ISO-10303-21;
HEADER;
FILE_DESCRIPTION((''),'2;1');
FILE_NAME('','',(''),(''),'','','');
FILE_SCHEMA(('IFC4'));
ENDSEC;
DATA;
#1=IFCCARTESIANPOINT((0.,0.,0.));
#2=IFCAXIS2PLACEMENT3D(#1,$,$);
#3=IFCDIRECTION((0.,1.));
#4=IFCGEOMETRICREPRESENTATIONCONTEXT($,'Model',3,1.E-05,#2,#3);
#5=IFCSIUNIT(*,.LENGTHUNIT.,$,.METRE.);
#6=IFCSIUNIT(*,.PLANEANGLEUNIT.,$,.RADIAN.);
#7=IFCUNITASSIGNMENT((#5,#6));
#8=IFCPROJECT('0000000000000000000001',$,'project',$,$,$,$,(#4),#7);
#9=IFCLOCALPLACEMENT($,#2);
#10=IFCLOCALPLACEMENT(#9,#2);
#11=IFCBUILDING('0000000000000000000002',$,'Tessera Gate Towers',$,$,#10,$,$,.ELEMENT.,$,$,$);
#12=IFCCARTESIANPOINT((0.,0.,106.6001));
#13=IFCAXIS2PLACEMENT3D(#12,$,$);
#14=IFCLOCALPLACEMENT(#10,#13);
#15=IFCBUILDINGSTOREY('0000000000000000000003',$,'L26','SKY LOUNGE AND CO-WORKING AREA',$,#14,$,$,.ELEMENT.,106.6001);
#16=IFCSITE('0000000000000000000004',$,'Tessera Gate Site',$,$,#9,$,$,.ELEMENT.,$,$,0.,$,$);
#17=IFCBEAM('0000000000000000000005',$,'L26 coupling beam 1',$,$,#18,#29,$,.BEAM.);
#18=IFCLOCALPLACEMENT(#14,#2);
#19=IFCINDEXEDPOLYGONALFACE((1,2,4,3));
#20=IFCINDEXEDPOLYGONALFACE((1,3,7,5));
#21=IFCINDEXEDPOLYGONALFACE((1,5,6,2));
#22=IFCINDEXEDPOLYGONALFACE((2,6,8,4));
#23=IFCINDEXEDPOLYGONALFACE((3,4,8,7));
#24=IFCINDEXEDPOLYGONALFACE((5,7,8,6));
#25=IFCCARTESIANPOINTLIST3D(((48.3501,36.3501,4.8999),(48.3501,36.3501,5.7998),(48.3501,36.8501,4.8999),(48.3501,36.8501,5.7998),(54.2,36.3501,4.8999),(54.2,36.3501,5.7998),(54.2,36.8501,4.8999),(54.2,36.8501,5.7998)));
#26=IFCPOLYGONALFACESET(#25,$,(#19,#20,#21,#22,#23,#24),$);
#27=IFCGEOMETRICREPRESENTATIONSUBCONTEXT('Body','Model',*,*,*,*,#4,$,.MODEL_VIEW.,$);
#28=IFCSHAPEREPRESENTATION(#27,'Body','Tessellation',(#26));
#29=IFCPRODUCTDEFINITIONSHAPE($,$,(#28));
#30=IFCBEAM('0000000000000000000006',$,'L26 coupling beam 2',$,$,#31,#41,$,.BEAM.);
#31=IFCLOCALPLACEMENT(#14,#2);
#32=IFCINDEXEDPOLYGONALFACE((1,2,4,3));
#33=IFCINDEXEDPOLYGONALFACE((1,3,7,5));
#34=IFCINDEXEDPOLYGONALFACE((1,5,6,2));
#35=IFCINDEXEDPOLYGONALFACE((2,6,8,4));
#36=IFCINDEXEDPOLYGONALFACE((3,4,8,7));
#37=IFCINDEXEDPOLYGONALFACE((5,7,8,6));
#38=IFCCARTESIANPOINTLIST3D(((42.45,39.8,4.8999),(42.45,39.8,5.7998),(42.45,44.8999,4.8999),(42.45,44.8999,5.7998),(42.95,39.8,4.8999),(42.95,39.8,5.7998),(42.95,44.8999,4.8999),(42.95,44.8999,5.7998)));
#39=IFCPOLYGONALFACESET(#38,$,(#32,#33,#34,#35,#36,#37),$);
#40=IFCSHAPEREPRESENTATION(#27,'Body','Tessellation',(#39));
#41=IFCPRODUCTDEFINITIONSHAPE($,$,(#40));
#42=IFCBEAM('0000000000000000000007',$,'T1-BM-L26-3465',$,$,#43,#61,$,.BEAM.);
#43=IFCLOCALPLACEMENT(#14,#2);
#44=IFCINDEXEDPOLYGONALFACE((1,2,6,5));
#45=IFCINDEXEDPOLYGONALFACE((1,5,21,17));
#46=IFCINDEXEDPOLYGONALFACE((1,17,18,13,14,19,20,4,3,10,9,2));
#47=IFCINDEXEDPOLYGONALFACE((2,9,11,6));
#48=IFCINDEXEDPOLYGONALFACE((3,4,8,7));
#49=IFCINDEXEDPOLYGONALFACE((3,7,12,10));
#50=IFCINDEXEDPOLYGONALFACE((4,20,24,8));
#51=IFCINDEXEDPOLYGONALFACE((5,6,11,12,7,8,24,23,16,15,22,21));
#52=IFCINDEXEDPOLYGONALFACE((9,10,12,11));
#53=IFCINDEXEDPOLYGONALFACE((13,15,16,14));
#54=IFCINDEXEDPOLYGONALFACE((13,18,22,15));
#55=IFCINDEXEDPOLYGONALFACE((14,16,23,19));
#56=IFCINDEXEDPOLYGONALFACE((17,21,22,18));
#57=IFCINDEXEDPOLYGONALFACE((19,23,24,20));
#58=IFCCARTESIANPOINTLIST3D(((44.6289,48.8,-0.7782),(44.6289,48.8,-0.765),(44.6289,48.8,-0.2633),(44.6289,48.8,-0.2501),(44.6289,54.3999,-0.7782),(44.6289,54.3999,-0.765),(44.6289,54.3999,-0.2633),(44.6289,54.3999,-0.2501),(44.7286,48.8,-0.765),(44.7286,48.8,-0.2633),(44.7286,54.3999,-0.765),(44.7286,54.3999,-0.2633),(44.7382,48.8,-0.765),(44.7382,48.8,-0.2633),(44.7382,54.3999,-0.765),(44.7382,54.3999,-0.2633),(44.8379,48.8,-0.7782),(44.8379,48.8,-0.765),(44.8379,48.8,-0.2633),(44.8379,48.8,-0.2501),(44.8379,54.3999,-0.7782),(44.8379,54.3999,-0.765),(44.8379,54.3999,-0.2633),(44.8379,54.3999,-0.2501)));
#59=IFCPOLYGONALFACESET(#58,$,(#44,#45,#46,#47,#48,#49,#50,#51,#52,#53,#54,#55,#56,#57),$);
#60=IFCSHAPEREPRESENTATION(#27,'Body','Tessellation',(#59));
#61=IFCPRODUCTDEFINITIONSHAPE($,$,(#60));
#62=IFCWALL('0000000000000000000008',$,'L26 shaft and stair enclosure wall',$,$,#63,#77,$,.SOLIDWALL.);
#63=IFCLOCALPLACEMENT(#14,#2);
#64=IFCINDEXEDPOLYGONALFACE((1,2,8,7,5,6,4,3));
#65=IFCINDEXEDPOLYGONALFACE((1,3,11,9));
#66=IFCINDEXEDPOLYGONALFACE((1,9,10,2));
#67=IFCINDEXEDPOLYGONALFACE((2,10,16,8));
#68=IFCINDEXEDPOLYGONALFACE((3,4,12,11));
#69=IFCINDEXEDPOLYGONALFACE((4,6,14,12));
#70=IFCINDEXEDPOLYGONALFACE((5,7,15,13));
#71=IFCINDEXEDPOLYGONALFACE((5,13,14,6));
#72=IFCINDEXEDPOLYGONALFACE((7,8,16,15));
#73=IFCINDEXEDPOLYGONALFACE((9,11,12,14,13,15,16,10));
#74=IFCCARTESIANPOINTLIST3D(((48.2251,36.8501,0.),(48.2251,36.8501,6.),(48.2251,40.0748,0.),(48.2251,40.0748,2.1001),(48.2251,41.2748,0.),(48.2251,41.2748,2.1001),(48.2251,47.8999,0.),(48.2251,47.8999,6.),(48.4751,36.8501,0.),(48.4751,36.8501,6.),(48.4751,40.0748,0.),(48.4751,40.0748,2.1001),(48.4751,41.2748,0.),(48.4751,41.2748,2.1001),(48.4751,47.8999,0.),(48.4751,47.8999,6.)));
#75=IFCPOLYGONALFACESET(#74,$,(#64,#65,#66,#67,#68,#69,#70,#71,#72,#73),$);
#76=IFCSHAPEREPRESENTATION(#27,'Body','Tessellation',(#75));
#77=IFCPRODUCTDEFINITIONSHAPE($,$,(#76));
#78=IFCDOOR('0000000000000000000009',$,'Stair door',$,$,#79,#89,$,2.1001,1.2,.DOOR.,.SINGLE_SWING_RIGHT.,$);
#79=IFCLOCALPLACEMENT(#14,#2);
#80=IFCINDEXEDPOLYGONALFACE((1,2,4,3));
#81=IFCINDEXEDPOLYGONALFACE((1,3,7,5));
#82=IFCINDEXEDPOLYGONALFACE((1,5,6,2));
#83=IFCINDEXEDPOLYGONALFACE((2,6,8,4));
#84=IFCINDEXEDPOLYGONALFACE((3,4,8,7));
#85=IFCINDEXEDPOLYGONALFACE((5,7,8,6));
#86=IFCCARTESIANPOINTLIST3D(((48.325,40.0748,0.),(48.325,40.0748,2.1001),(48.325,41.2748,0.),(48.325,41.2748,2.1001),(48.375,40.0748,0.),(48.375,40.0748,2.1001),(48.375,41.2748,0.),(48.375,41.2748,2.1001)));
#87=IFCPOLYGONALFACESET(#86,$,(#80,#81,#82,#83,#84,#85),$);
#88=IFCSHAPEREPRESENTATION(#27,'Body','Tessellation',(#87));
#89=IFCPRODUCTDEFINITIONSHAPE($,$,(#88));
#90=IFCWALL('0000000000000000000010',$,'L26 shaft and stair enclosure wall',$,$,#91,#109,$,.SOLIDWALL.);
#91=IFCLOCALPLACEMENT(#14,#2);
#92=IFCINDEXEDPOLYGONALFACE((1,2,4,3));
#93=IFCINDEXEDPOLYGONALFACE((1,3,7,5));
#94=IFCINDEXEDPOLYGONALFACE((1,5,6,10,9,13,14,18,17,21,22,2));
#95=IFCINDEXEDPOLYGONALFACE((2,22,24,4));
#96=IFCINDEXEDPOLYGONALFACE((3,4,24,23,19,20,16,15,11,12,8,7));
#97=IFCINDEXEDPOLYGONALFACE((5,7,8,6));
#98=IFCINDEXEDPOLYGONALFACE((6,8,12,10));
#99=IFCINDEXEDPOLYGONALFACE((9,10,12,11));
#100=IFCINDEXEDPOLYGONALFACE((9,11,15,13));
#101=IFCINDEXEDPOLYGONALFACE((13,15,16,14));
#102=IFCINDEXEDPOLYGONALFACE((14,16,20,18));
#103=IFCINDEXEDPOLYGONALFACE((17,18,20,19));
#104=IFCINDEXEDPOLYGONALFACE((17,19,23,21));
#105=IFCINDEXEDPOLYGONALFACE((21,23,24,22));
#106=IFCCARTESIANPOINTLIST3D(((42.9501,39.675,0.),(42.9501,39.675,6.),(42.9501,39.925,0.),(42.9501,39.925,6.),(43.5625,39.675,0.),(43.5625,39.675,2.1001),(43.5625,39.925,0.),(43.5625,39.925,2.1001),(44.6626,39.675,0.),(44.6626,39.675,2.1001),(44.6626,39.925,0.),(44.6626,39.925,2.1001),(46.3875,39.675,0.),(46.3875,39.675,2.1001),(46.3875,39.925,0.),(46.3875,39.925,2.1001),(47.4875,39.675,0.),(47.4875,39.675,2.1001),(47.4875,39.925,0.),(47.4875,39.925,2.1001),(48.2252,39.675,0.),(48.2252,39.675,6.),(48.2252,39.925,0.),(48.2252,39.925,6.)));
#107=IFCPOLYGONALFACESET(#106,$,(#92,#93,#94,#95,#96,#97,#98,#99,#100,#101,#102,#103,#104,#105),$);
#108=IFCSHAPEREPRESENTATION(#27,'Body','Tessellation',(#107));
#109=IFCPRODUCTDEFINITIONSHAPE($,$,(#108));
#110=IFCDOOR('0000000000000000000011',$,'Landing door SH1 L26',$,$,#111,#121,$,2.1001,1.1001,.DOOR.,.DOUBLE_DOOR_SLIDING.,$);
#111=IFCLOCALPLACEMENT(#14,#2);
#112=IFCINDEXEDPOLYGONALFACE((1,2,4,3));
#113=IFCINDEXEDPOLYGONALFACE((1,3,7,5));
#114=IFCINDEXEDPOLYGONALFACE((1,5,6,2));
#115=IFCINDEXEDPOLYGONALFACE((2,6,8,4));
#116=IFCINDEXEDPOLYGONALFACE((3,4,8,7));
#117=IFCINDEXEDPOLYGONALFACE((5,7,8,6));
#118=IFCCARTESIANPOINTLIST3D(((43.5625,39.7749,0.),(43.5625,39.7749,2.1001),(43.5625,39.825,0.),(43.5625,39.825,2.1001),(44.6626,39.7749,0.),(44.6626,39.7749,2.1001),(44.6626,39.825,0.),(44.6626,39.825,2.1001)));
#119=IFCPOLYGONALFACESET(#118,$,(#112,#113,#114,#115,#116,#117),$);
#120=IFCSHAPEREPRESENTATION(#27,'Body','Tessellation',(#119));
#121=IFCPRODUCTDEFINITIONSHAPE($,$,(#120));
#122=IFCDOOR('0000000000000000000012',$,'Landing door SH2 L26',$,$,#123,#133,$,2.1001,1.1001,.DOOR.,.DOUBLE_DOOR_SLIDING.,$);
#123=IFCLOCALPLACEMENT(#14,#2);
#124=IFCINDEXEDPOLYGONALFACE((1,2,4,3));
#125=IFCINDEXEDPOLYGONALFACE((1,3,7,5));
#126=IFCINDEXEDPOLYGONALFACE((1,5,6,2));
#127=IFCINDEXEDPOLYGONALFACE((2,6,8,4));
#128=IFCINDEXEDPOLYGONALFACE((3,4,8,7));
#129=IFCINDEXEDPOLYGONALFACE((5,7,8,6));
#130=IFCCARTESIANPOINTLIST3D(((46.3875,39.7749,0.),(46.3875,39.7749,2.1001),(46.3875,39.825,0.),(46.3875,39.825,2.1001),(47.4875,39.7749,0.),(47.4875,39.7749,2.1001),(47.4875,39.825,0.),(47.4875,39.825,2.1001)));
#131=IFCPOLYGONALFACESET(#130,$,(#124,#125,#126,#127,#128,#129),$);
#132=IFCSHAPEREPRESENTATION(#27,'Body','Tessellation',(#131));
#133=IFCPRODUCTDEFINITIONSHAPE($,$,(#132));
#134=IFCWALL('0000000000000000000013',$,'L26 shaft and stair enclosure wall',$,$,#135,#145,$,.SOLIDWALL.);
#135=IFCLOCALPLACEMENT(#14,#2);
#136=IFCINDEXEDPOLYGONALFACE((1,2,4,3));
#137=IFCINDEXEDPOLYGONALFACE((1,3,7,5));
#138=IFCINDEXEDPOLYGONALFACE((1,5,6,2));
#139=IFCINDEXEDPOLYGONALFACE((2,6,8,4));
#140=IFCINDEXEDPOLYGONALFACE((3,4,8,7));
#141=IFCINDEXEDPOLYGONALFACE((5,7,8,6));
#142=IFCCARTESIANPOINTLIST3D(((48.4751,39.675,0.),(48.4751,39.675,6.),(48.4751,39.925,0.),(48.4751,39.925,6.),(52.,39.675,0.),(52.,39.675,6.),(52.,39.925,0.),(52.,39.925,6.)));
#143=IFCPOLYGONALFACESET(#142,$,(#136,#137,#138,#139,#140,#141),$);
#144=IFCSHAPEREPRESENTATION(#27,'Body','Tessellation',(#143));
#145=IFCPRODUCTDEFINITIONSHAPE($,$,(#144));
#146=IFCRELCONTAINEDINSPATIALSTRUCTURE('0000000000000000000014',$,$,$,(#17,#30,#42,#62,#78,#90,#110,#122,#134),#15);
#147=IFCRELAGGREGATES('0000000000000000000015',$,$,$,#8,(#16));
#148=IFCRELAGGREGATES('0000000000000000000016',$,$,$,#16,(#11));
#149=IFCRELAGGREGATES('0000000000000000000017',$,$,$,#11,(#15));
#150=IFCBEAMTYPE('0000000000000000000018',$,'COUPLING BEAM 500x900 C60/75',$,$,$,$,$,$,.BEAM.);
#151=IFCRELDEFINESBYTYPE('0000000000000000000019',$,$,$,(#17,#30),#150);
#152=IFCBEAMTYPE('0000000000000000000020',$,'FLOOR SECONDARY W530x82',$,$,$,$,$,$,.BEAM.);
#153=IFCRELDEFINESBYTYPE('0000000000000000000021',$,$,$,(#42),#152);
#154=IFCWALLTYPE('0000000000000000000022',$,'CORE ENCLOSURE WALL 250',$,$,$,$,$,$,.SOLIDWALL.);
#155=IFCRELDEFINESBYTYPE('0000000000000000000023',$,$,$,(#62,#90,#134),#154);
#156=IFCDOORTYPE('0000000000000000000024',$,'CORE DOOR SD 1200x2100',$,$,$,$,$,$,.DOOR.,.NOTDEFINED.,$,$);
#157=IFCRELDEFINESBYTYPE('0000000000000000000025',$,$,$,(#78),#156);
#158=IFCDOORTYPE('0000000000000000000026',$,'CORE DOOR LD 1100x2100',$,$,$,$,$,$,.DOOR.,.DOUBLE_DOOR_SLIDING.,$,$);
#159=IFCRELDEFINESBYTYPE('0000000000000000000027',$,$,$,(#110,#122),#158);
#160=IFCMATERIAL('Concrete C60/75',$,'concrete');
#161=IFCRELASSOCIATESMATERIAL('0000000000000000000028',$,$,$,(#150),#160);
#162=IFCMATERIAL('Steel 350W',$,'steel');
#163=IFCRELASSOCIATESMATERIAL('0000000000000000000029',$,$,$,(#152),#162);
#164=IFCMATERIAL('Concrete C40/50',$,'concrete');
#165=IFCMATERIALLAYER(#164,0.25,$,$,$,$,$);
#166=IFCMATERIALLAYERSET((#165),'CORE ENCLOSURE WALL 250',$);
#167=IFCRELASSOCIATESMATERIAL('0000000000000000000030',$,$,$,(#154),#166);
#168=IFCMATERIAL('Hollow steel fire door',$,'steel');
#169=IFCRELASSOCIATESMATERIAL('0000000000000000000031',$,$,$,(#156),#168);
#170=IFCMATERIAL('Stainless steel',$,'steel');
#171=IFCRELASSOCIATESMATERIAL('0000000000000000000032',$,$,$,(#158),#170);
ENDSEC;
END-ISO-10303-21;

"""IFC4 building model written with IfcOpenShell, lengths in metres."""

from ifc_helpers import new_model, si_unit, direction, frame, frame_2d, origin, origin_2d, place, context, subcontext, project, spatial, rectangle, i_section, extrude, source, transform, mapped, material, layer, layer_set, material_profile, profile_set, type_object, element, fill, save


model = new_model("IFC4")

# Units and contexts
model_context = context("Model", 3, precision=1e-05, world=origin(), true_north=direction((0.0, 1.0)))
body_context = subcontext(model_context, "Body", "Model", "MODEL_VIEW")
ifc_project = project(units=[si_unit("LENGTHUNIT", "METRE"), si_unit("PLANEANGLEUNIT", "RADIAN")], contexts=[model_context])

# Site, building, storey
site_placement = place(None, origin())
site = spatial("IfcSite", under=ifc_project, at=site_placement, Name="Tessera Gate Site", CompositionType="ELEMENT", RefElevation=0.0)
building_placement = place(site_placement, origin())
building = spatial("IfcBuilding", under=site, at=building_placement, Name="Tessera Gate Towers", CompositionType="ELEMENT")
storey_placement = place(building_placement, frame((0.0, 0.0, 106.6001)))
storey = spatial("IfcBuildingStorey", under=building, at=storey_placement, Name="L26", Description="SKY LOUNGE AND CO-WORKING AREA", CompositionType="ELEMENT", Elevation=106.6001)

# Beams
ifc_material_1 = material(Name="Concrete C60/75", Category="concrete")
ifc_material_profile_1 = material_profile(ifc_material_1, rectangle(XDim=0.5, YDim=0.8999, at=origin_2d()), Name="RC 500x900")
ifc_profile_set_1 = profile_set([ifc_material_profile_1], Name="Concrete C60/75")
beam_type_1 = type_object("IfcBeamType", Name="COUPLING BEAM 500x900 C60/75", PredefinedType="BEAM", material=ifc_profile_set_1)
beam_1_placement = place(storey_placement, frame((48.3501, 36.6001, 5.3499), z_axis=(1.0, 0.0, 0.0), x_axis=(0.0, 1.0, 0.0)))
element("IfcBeam", 1, at=beam_1_placement, inside=storey, type_object=beam_type_1, Name="L26 coupling beam 1", PredefinedType="BEAM", context=body_context, shape_type="SweptSolid", body=[
    extrude(rectangle(XDim=0.5, YDim=0.8999, at=origin_2d()), origin(), (0.0, 0.0, 1.0), 5.8499),
])
beam_2_placement = place(storey_placement, frame((42.7, 39.8, 5.3499), z_axis=(0.0, 1.0, 0.0), x_axis=(-1.0, 0.0, 0.0)))
element("IfcBeam", 2, at=beam_2_placement, inside=storey, type_object=beam_type_1, Name="L26 coupling beam 2", PredefinedType="BEAM", context=body_context, shape_type="SweptSolid", body=[
    extrude(rectangle(XDim=0.5, YDim=0.8999, at=origin_2d()), origin(), (0.0, 0.0, 1.0), 5.0999),
])
ifc_material_2 = material(Name="Steel 350W", Category="steel")
ifc_material_profile_2 = material_profile(ifc_material_2, i_section(OverallWidth=0.209, OverallDepth=0.5281, WebThickness=0.0095, FlangeThickness=0.0132, at=origin_2d()), Name="W530x82")
ifc_profile_set_2 = profile_set([ifc_material_profile_2], Name="Steel 350W")
beam_type_2 = type_object("IfcBeamType", Name="FLOOR SECONDARY W530x82", PredefinedType="BEAM", material=ifc_profile_set_2)
beam_3_placement = place(storey_placement, frame((44.7334, 48.8, -0.5142), z_axis=(0.0, 1.0, 0.0), x_axis=(-1.0, 0.0, 0.0)))
element("IfcBeam", 3, at=beam_3_placement, inside=storey, type_object=beam_type_2, Name="T1-BM-L26-3465", PredefinedType="BEAM", context=body_context, shape_type="SweptSolid", body=[
    extrude(i_section(OverallWidth=0.209, OverallDepth=0.5281, WebThickness=0.0095, FlangeThickness=0.0132, at=origin_2d()), origin(), (0.0, 0.0, 1.0), 5.5999),
])

# Wall, opening, door
ifc_material_3 = material(Name="Concrete C40/50", Category="concrete")
ifc_layer_1 = layer(ifc_material_3, 0.25)
ifc_layer_set_1 = layer_set([ifc_layer_1], Name="CORE ENCLOSURE WALL 250")
wall_type_1 = type_object("IfcWallType", Name="CORE ENCLOSURE WALL 250", PredefinedType="SOLIDWALL", material=ifc_layer_set_1)
wall_1_placement = place(storey_placement, frame((48.3501, 47.8999, 0.0), z_axis=(0.0, 0.0, 1.0), x_axis=(0.0, -1.0, 0.0)))
wall_1 = element("IfcWall", 4, at=wall_1_placement, inside=storey, type_object=wall_type_1, Name="L26 shaft and stair enclosure wall", PredefinedType="SOLIDWALL", context=body_context, shape_type="SweptSolid", body=[
    extrude(rectangle(XDim=11.0498, YDim=0.25, at=frame_2d((5.5249, 0.0))), origin(), (0.0, 0.0, 1.0), 6.0),
])
shared_shape_1 = source(origin(), body_context, "Body", "SweptSolid", [
    extrude(rectangle(XDim=1.2, YDim=2.1001, at=frame_2d((0.6001, 1.05))), frame((0.0, 0.135, 0.0), z_axis=(0.0, -1.0, 0.0), x_axis=(1.0, 0.0, 0.0)), (0.0, 0.0, 1.0), 0.27),
])
opening_1_placement = place(wall_1_placement, frame((6.625, 0.0, 0.0)))
opening_1 = element("IfcOpeningElement", 5, at=opening_1_placement, cuts=wall_1, PredefinedType="OPENING", context=body_context, shape_type="MappedRepresentation", body=[
    mapped(shared_shape_1, transform((0.0, 0.0, 0.0), scale=1.0)),
])
ifc_material_4 = material(Name="Hollow steel fire door", Category="steel")
door_type_1 = type_object("IfcDoorType", Name="CORE DOOR SD 1200x2100", OperationType="NOTDEFINED", PredefinedType="DOOR", material=ifc_material_4)
shared_shape_2 = source(origin(), body_context, "Body", "SweptSolid", [
    extrude(rectangle(XDim=1.2, YDim=2.1001, at=frame_2d((0.6001, 1.05))), frame((0.0, 0.0249, 0.0), z_axis=(0.0, -1.0, 0.0), x_axis=(1.0, 0.0, 0.0)), (0.0, 0.0, 1.0), 0.05),
])
door_1_placement = place(opening_1_placement, origin())
door_1 = element("IfcDoor", 6, at=door_1_placement, inside=storey, type_object=door_type_1, Name="Stair door", OperationType="SINGLE_SWING_RIGHT", OverallHeight=2.1001, OverallWidth=1.2, PredefinedType="DOOR", context=body_context, shape_type="MappedRepresentation", body=[
    mapped(shared_shape_2, transform((0.0, 0.0, 0.0), scale=1.0)),
])
fill(opening_1, door_1)

# Wall, openings, doors
wall_2_placement = place(storey_placement, frame((42.95, 39.8, 0.0), z_axis=(0.0, 0.0, 1.0), x_axis=(1.0, 0.0, 0.0)))
wall_2 = element("IfcWall", 7, at=wall_2_placement, inside=storey, type_object=wall_type_1, Name="L26 shaft and stair enclosure wall", PredefinedType="SOLIDWALL", context=body_context, shape_type="SweptSolid", body=[
    extrude(rectangle(XDim=5.2751, YDim=0.25, at=frame_2d((2.6377, 0.0))), origin(), (0.0, 0.0, 1.0), 6.0),
])
shared_shape_3 = source(origin(), body_context, "Body", "SweptSolid", [
    extrude(rectangle(XDim=1.1001, YDim=2.1001, at=frame_2d((0.55, 1.05))), frame((0.0, 0.135, 0.0), z_axis=(0.0, -1.0, 0.0), x_axis=(1.0, 0.0, 0.0)), (0.0, 0.0, 1.0), 0.27),
])
opening_2_placement = place(wall_2_placement, frame((0.6125, 0.0, 0.0)))
opening_2 = element("IfcOpeningElement", 8, at=opening_2_placement, cuts=wall_2, PredefinedType="OPENING", context=body_context, shape_type="MappedRepresentation", body=[
    mapped(shared_shape_3, transform((0.0, 0.0, 0.0), scale=1.0)),
])
opening_3_placement = place(wall_2_placement, frame((3.4375, 0.0, 0.0)))
opening_3 = element("IfcOpeningElement", 9, at=opening_3_placement, cuts=wall_2, PredefinedType="OPENING", context=body_context, shape_type="MappedRepresentation", body=[
    mapped(shared_shape_3, transform((0.0, 0.0, 0.0), scale=1.0)),
])
ifc_material_5 = material(Name="Stainless steel", Category="steel")
door_type_2 = type_object("IfcDoorType", Name="CORE DOOR LD 1100x2100", OperationType="DOUBLE_DOOR_SLIDING", PredefinedType="DOOR", material=ifc_material_5)
shared_shape_4 = source(origin(), body_context, "Body", "SweptSolid", [
    extrude(rectangle(XDim=1.1001, YDim=2.1001, at=frame_2d((0.55, 1.05))), frame((0.0, 0.0249, 0.0), z_axis=(0.0, -1.0, 0.0), x_axis=(1.0, 0.0, 0.0)), (0.0, 0.0, 1.0), 0.05),
])
door_2_placement = place(opening_2_placement, origin())
door_2 = element("IfcDoor", 10, at=door_2_placement, inside=storey, type_object=door_type_2, Name="Landing door SH1 L26", OperationType="DOUBLE_DOOR_SLIDING", OverallHeight=2.1001, OverallWidth=1.1001, PredefinedType="DOOR", context=body_context, shape_type="MappedRepresentation", body=[
    mapped(shared_shape_4, transform((0.0, 0.0, 0.0), scale=1.0)),
])
fill(opening_2, door_2)
door_3_placement = place(opening_3_placement, origin())
door_3 = element("IfcDoor", 11, at=door_3_placement, inside=storey, type_object=door_type_2, Name="Landing door SH2 L26", OperationType="DOUBLE_DOOR_SLIDING", OverallHeight=2.1001, OverallWidth=1.1001, PredefinedType="DOOR", context=body_context, shape_type="MappedRepresentation", body=[
    mapped(shared_shape_4, transform((0.0, 0.0, 0.0), scale=1.0)),
])
fill(opening_3, door_3)

# Wall
wall_3_placement = place(storey_placement, frame((48.4751, 39.8, 0.0), z_axis=(0.0, 0.0, 1.0), x_axis=(1.0, 0.0, 0.0)))
element("IfcWall", 12, at=wall_3_placement, inside=storey, type_object=wall_type_1, Name="L26 shaft and stair enclosure wall", PredefinedType="SOLIDWALL", context=body_context, shape_type="SweptSolid", body=[
    extrude(rectangle(XDim=3.5249, YDim=0.25, at=frame_2d((1.7625, 0.0))), origin(), (0.0, 0.0, 1.0), 6.0),
])

save(model, "model.ifc")
